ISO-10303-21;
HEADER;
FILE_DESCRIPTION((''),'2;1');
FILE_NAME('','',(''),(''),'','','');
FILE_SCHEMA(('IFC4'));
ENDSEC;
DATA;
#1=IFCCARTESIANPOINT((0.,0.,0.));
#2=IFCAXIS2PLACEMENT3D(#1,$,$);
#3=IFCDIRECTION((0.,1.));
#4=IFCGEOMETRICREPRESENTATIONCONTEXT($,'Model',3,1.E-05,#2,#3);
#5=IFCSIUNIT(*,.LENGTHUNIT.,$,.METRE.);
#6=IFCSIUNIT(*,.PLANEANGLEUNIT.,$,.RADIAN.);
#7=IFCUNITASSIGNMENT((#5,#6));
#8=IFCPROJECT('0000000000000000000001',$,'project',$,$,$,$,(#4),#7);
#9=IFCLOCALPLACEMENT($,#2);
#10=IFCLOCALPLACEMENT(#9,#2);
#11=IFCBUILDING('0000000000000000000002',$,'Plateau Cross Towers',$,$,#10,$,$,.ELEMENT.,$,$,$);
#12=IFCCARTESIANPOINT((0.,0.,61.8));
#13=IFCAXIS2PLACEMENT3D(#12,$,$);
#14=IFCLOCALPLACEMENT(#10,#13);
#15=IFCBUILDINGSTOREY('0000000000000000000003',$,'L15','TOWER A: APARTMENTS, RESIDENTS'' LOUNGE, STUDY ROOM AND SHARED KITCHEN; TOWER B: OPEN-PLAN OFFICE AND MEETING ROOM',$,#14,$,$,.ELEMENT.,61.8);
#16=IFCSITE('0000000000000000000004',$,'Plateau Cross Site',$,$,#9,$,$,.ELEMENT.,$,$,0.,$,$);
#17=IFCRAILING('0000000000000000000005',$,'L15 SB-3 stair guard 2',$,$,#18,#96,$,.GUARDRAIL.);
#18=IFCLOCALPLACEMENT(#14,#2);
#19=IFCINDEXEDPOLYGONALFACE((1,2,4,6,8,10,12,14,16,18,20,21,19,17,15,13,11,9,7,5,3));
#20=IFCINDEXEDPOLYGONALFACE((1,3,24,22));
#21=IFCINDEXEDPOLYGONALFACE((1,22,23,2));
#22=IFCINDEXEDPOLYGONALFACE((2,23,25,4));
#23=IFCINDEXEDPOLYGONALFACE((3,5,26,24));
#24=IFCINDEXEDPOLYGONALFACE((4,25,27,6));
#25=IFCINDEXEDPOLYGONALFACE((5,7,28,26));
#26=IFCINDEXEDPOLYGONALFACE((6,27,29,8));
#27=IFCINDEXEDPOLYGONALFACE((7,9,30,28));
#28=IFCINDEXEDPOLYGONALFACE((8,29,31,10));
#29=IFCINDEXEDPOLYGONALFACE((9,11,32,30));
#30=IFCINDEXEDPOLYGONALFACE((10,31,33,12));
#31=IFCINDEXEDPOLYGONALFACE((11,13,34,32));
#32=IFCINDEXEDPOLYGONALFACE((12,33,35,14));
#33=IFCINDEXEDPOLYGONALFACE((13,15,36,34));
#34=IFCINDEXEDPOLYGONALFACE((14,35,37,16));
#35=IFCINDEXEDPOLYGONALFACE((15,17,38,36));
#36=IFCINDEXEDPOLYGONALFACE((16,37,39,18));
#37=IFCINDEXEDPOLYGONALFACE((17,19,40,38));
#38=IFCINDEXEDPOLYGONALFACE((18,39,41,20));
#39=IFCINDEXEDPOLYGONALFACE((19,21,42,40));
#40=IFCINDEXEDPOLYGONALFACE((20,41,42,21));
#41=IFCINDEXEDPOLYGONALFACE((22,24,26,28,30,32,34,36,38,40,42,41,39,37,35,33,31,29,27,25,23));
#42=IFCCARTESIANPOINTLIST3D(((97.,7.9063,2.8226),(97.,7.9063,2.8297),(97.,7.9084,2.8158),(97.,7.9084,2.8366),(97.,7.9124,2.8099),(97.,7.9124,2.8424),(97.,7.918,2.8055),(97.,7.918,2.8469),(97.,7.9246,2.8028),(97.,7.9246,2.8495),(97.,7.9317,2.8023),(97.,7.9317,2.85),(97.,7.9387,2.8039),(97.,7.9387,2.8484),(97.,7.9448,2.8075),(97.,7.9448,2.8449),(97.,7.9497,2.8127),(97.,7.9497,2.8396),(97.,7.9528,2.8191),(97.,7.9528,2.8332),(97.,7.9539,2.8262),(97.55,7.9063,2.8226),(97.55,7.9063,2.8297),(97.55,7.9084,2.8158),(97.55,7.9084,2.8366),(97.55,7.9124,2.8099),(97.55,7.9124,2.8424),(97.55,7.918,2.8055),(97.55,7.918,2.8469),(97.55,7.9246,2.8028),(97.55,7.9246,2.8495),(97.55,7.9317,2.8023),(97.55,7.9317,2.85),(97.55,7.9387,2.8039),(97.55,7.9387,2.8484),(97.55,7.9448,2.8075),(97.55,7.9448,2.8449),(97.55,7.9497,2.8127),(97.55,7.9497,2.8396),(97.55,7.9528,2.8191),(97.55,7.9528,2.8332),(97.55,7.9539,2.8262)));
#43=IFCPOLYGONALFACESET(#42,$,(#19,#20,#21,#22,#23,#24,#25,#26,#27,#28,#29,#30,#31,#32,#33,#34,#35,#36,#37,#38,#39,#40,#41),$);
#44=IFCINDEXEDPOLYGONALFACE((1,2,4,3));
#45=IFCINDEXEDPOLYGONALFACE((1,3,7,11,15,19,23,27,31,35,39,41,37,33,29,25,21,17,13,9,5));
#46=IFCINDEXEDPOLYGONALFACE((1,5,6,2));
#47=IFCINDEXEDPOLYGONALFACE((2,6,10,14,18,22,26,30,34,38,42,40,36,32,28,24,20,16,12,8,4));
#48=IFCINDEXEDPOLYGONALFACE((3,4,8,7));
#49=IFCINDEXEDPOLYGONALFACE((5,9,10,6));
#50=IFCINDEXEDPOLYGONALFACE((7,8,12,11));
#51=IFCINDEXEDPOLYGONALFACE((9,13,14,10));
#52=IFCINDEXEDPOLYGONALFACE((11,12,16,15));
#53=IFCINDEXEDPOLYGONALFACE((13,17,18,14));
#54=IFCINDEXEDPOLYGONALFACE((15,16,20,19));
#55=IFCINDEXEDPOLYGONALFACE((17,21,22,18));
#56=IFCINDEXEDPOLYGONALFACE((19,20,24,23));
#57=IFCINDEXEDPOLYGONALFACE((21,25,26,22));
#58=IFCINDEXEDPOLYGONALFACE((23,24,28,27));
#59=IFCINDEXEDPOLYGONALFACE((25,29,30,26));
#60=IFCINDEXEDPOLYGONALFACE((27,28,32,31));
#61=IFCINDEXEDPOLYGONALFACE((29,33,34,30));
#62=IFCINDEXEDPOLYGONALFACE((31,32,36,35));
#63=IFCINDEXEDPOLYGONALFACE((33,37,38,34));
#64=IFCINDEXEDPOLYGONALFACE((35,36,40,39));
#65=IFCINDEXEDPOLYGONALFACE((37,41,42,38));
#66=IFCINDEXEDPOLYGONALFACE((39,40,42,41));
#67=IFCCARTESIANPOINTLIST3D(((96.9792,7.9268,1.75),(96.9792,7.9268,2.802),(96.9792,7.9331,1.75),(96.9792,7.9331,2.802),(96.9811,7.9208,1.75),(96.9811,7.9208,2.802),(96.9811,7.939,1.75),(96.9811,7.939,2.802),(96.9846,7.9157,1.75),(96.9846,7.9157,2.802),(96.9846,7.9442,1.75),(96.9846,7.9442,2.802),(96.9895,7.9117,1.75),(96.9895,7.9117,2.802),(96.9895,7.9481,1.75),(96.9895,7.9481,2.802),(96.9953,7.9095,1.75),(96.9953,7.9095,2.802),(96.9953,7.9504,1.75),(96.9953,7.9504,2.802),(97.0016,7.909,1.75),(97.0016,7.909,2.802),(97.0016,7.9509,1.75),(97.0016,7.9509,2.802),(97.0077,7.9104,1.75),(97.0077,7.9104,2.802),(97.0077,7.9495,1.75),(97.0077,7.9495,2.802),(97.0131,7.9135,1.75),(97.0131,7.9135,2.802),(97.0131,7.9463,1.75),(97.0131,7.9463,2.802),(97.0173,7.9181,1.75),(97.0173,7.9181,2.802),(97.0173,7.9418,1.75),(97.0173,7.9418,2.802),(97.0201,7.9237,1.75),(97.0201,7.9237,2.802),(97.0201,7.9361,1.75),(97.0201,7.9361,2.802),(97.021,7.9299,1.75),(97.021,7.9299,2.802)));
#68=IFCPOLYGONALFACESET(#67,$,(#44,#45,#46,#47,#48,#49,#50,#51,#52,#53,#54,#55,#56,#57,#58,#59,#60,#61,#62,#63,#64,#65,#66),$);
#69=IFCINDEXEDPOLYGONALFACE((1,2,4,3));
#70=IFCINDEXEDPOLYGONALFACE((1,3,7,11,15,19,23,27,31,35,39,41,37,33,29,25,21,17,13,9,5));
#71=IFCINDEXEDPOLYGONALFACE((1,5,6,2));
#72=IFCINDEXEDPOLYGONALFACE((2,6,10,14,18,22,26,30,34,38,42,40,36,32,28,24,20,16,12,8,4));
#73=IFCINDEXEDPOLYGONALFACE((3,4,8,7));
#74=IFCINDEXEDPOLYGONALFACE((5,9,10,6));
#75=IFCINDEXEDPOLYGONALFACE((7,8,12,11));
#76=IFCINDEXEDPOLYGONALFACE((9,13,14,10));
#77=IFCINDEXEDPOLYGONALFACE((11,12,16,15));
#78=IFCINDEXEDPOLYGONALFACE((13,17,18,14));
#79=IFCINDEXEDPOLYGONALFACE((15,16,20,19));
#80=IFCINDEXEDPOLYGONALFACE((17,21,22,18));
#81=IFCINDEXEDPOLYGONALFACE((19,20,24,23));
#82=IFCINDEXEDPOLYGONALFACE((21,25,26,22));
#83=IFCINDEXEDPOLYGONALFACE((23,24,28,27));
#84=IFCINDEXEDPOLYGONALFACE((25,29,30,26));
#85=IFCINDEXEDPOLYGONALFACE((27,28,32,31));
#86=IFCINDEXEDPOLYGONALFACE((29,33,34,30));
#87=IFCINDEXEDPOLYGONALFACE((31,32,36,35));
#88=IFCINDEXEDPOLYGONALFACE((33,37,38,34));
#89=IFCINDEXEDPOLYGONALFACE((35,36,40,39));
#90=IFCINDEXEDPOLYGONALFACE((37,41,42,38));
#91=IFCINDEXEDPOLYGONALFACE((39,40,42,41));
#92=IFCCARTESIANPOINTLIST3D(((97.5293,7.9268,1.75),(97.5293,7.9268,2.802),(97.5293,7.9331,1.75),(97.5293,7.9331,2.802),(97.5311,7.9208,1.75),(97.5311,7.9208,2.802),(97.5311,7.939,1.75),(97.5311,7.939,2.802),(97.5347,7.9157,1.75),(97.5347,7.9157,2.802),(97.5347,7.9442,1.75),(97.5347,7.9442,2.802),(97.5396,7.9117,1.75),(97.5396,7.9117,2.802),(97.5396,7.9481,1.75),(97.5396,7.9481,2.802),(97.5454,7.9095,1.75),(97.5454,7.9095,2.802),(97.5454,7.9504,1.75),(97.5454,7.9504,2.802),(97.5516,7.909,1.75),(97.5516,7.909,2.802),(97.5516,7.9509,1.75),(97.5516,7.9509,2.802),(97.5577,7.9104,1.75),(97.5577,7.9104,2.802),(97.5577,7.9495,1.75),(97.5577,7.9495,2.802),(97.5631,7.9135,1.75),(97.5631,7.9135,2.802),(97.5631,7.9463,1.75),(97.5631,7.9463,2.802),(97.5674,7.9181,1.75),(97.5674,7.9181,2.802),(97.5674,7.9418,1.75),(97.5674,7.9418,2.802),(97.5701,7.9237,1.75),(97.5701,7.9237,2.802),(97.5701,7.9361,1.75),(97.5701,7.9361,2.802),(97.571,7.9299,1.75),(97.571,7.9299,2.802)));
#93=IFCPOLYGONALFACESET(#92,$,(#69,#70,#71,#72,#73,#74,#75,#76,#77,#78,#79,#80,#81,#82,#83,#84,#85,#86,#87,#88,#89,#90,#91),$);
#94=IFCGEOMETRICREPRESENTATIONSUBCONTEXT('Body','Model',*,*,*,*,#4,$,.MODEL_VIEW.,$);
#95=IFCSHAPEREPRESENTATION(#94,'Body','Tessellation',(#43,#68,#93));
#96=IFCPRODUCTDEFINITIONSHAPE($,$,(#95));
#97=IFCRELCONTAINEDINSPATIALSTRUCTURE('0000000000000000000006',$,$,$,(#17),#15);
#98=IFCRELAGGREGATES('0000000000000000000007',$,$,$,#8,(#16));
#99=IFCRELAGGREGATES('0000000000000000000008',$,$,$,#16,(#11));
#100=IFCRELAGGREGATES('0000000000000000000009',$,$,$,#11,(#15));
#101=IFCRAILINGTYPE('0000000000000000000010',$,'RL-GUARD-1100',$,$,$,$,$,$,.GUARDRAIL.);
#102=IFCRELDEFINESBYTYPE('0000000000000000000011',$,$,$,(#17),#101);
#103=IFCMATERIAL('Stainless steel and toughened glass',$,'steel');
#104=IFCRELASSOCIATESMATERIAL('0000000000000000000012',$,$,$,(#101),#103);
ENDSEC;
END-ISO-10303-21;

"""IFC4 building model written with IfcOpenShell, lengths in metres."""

from ifc_helpers import new_model, si_unit, direction, frame, origin, origin_2d, place, context, subcontext, project, spatial, circle, extrude, material, type_object, element, save


model = new_model("IFC4")

# Units and contexts
model_context = context("Model", 3, precision=1e-05, world=origin(), true_north=direction((0.0, 1.0)))
body_context = subcontext(model_context, "Body", "Model", "MODEL_VIEW")
ifc_project = project(units=[si_unit("LENGTHUNIT", "METRE"), si_unit("PLANEANGLEUNIT", "RADIAN")], contexts=[model_context])

# Site, building, storey
site_placement = place(None, origin())
site = spatial("IfcSite", under=ifc_project, at=site_placement, Name="Plateau Cross Site", CompositionType="ELEMENT", RefElevation=0.0)
building_placement = place(site_placement, origin())
building = spatial("IfcBuilding", under=site, at=building_placement, Name="Plateau Cross Towers", CompositionType="ELEMENT")
storey_placement = place(building_placement, frame((0.0, 0.0, 61.8)))
storey = spatial("IfcBuildingStorey", under=building, at=storey_placement, Name="L15", Description="TOWER A: APARTMENTS, RESIDENTS' LOUNGE, STUDY ROOM AND SHARED KITCHEN; TOWER B: OPEN-PLAN OFFICE AND MEETING ROOM", CompositionType="ELEMENT", Elevation=61.8)

# Railing
ifc_material_1 = material(Name="Stainless steel and toughened glass", Category="steel")
railing_type_1 = type_object("IfcRailingType", Name="RL-GUARD-1100", PredefinedType="GUARDRAIL", material=ifc_material_1)
railing_1_placement = place(storey_placement, frame((97.0, 7.9299, 1.75)))
element("IfcRailing", 1, at=railing_1_placement, inside=storey, type_object=railing_type_1, Name="L15 SB-3 stair guard 2", PredefinedType="GUARDRAIL", context=body_context, shape_type="SweptSolid", body=[
    extrude(circle(Radius=0.0239, at=origin_2d()), frame((0.0, 0.0, 1.0762), z_axis=(1.0, 0.0, 0.0), x_axis=(0.0, 1.0, 0.0)), (0.0, 0.0, 1.0), 0.55),
    extrude(circle(Radius=0.021, at=origin_2d()), origin(), (0.0, 0.0, 1.0), 1.052),
    extrude(circle(Radius=0.021, at=origin_2d()), frame((0.55, 0.0, 0.0)), (0.0, 0.0, 1.0), 1.052),
])

save(model, "model.ifc")
